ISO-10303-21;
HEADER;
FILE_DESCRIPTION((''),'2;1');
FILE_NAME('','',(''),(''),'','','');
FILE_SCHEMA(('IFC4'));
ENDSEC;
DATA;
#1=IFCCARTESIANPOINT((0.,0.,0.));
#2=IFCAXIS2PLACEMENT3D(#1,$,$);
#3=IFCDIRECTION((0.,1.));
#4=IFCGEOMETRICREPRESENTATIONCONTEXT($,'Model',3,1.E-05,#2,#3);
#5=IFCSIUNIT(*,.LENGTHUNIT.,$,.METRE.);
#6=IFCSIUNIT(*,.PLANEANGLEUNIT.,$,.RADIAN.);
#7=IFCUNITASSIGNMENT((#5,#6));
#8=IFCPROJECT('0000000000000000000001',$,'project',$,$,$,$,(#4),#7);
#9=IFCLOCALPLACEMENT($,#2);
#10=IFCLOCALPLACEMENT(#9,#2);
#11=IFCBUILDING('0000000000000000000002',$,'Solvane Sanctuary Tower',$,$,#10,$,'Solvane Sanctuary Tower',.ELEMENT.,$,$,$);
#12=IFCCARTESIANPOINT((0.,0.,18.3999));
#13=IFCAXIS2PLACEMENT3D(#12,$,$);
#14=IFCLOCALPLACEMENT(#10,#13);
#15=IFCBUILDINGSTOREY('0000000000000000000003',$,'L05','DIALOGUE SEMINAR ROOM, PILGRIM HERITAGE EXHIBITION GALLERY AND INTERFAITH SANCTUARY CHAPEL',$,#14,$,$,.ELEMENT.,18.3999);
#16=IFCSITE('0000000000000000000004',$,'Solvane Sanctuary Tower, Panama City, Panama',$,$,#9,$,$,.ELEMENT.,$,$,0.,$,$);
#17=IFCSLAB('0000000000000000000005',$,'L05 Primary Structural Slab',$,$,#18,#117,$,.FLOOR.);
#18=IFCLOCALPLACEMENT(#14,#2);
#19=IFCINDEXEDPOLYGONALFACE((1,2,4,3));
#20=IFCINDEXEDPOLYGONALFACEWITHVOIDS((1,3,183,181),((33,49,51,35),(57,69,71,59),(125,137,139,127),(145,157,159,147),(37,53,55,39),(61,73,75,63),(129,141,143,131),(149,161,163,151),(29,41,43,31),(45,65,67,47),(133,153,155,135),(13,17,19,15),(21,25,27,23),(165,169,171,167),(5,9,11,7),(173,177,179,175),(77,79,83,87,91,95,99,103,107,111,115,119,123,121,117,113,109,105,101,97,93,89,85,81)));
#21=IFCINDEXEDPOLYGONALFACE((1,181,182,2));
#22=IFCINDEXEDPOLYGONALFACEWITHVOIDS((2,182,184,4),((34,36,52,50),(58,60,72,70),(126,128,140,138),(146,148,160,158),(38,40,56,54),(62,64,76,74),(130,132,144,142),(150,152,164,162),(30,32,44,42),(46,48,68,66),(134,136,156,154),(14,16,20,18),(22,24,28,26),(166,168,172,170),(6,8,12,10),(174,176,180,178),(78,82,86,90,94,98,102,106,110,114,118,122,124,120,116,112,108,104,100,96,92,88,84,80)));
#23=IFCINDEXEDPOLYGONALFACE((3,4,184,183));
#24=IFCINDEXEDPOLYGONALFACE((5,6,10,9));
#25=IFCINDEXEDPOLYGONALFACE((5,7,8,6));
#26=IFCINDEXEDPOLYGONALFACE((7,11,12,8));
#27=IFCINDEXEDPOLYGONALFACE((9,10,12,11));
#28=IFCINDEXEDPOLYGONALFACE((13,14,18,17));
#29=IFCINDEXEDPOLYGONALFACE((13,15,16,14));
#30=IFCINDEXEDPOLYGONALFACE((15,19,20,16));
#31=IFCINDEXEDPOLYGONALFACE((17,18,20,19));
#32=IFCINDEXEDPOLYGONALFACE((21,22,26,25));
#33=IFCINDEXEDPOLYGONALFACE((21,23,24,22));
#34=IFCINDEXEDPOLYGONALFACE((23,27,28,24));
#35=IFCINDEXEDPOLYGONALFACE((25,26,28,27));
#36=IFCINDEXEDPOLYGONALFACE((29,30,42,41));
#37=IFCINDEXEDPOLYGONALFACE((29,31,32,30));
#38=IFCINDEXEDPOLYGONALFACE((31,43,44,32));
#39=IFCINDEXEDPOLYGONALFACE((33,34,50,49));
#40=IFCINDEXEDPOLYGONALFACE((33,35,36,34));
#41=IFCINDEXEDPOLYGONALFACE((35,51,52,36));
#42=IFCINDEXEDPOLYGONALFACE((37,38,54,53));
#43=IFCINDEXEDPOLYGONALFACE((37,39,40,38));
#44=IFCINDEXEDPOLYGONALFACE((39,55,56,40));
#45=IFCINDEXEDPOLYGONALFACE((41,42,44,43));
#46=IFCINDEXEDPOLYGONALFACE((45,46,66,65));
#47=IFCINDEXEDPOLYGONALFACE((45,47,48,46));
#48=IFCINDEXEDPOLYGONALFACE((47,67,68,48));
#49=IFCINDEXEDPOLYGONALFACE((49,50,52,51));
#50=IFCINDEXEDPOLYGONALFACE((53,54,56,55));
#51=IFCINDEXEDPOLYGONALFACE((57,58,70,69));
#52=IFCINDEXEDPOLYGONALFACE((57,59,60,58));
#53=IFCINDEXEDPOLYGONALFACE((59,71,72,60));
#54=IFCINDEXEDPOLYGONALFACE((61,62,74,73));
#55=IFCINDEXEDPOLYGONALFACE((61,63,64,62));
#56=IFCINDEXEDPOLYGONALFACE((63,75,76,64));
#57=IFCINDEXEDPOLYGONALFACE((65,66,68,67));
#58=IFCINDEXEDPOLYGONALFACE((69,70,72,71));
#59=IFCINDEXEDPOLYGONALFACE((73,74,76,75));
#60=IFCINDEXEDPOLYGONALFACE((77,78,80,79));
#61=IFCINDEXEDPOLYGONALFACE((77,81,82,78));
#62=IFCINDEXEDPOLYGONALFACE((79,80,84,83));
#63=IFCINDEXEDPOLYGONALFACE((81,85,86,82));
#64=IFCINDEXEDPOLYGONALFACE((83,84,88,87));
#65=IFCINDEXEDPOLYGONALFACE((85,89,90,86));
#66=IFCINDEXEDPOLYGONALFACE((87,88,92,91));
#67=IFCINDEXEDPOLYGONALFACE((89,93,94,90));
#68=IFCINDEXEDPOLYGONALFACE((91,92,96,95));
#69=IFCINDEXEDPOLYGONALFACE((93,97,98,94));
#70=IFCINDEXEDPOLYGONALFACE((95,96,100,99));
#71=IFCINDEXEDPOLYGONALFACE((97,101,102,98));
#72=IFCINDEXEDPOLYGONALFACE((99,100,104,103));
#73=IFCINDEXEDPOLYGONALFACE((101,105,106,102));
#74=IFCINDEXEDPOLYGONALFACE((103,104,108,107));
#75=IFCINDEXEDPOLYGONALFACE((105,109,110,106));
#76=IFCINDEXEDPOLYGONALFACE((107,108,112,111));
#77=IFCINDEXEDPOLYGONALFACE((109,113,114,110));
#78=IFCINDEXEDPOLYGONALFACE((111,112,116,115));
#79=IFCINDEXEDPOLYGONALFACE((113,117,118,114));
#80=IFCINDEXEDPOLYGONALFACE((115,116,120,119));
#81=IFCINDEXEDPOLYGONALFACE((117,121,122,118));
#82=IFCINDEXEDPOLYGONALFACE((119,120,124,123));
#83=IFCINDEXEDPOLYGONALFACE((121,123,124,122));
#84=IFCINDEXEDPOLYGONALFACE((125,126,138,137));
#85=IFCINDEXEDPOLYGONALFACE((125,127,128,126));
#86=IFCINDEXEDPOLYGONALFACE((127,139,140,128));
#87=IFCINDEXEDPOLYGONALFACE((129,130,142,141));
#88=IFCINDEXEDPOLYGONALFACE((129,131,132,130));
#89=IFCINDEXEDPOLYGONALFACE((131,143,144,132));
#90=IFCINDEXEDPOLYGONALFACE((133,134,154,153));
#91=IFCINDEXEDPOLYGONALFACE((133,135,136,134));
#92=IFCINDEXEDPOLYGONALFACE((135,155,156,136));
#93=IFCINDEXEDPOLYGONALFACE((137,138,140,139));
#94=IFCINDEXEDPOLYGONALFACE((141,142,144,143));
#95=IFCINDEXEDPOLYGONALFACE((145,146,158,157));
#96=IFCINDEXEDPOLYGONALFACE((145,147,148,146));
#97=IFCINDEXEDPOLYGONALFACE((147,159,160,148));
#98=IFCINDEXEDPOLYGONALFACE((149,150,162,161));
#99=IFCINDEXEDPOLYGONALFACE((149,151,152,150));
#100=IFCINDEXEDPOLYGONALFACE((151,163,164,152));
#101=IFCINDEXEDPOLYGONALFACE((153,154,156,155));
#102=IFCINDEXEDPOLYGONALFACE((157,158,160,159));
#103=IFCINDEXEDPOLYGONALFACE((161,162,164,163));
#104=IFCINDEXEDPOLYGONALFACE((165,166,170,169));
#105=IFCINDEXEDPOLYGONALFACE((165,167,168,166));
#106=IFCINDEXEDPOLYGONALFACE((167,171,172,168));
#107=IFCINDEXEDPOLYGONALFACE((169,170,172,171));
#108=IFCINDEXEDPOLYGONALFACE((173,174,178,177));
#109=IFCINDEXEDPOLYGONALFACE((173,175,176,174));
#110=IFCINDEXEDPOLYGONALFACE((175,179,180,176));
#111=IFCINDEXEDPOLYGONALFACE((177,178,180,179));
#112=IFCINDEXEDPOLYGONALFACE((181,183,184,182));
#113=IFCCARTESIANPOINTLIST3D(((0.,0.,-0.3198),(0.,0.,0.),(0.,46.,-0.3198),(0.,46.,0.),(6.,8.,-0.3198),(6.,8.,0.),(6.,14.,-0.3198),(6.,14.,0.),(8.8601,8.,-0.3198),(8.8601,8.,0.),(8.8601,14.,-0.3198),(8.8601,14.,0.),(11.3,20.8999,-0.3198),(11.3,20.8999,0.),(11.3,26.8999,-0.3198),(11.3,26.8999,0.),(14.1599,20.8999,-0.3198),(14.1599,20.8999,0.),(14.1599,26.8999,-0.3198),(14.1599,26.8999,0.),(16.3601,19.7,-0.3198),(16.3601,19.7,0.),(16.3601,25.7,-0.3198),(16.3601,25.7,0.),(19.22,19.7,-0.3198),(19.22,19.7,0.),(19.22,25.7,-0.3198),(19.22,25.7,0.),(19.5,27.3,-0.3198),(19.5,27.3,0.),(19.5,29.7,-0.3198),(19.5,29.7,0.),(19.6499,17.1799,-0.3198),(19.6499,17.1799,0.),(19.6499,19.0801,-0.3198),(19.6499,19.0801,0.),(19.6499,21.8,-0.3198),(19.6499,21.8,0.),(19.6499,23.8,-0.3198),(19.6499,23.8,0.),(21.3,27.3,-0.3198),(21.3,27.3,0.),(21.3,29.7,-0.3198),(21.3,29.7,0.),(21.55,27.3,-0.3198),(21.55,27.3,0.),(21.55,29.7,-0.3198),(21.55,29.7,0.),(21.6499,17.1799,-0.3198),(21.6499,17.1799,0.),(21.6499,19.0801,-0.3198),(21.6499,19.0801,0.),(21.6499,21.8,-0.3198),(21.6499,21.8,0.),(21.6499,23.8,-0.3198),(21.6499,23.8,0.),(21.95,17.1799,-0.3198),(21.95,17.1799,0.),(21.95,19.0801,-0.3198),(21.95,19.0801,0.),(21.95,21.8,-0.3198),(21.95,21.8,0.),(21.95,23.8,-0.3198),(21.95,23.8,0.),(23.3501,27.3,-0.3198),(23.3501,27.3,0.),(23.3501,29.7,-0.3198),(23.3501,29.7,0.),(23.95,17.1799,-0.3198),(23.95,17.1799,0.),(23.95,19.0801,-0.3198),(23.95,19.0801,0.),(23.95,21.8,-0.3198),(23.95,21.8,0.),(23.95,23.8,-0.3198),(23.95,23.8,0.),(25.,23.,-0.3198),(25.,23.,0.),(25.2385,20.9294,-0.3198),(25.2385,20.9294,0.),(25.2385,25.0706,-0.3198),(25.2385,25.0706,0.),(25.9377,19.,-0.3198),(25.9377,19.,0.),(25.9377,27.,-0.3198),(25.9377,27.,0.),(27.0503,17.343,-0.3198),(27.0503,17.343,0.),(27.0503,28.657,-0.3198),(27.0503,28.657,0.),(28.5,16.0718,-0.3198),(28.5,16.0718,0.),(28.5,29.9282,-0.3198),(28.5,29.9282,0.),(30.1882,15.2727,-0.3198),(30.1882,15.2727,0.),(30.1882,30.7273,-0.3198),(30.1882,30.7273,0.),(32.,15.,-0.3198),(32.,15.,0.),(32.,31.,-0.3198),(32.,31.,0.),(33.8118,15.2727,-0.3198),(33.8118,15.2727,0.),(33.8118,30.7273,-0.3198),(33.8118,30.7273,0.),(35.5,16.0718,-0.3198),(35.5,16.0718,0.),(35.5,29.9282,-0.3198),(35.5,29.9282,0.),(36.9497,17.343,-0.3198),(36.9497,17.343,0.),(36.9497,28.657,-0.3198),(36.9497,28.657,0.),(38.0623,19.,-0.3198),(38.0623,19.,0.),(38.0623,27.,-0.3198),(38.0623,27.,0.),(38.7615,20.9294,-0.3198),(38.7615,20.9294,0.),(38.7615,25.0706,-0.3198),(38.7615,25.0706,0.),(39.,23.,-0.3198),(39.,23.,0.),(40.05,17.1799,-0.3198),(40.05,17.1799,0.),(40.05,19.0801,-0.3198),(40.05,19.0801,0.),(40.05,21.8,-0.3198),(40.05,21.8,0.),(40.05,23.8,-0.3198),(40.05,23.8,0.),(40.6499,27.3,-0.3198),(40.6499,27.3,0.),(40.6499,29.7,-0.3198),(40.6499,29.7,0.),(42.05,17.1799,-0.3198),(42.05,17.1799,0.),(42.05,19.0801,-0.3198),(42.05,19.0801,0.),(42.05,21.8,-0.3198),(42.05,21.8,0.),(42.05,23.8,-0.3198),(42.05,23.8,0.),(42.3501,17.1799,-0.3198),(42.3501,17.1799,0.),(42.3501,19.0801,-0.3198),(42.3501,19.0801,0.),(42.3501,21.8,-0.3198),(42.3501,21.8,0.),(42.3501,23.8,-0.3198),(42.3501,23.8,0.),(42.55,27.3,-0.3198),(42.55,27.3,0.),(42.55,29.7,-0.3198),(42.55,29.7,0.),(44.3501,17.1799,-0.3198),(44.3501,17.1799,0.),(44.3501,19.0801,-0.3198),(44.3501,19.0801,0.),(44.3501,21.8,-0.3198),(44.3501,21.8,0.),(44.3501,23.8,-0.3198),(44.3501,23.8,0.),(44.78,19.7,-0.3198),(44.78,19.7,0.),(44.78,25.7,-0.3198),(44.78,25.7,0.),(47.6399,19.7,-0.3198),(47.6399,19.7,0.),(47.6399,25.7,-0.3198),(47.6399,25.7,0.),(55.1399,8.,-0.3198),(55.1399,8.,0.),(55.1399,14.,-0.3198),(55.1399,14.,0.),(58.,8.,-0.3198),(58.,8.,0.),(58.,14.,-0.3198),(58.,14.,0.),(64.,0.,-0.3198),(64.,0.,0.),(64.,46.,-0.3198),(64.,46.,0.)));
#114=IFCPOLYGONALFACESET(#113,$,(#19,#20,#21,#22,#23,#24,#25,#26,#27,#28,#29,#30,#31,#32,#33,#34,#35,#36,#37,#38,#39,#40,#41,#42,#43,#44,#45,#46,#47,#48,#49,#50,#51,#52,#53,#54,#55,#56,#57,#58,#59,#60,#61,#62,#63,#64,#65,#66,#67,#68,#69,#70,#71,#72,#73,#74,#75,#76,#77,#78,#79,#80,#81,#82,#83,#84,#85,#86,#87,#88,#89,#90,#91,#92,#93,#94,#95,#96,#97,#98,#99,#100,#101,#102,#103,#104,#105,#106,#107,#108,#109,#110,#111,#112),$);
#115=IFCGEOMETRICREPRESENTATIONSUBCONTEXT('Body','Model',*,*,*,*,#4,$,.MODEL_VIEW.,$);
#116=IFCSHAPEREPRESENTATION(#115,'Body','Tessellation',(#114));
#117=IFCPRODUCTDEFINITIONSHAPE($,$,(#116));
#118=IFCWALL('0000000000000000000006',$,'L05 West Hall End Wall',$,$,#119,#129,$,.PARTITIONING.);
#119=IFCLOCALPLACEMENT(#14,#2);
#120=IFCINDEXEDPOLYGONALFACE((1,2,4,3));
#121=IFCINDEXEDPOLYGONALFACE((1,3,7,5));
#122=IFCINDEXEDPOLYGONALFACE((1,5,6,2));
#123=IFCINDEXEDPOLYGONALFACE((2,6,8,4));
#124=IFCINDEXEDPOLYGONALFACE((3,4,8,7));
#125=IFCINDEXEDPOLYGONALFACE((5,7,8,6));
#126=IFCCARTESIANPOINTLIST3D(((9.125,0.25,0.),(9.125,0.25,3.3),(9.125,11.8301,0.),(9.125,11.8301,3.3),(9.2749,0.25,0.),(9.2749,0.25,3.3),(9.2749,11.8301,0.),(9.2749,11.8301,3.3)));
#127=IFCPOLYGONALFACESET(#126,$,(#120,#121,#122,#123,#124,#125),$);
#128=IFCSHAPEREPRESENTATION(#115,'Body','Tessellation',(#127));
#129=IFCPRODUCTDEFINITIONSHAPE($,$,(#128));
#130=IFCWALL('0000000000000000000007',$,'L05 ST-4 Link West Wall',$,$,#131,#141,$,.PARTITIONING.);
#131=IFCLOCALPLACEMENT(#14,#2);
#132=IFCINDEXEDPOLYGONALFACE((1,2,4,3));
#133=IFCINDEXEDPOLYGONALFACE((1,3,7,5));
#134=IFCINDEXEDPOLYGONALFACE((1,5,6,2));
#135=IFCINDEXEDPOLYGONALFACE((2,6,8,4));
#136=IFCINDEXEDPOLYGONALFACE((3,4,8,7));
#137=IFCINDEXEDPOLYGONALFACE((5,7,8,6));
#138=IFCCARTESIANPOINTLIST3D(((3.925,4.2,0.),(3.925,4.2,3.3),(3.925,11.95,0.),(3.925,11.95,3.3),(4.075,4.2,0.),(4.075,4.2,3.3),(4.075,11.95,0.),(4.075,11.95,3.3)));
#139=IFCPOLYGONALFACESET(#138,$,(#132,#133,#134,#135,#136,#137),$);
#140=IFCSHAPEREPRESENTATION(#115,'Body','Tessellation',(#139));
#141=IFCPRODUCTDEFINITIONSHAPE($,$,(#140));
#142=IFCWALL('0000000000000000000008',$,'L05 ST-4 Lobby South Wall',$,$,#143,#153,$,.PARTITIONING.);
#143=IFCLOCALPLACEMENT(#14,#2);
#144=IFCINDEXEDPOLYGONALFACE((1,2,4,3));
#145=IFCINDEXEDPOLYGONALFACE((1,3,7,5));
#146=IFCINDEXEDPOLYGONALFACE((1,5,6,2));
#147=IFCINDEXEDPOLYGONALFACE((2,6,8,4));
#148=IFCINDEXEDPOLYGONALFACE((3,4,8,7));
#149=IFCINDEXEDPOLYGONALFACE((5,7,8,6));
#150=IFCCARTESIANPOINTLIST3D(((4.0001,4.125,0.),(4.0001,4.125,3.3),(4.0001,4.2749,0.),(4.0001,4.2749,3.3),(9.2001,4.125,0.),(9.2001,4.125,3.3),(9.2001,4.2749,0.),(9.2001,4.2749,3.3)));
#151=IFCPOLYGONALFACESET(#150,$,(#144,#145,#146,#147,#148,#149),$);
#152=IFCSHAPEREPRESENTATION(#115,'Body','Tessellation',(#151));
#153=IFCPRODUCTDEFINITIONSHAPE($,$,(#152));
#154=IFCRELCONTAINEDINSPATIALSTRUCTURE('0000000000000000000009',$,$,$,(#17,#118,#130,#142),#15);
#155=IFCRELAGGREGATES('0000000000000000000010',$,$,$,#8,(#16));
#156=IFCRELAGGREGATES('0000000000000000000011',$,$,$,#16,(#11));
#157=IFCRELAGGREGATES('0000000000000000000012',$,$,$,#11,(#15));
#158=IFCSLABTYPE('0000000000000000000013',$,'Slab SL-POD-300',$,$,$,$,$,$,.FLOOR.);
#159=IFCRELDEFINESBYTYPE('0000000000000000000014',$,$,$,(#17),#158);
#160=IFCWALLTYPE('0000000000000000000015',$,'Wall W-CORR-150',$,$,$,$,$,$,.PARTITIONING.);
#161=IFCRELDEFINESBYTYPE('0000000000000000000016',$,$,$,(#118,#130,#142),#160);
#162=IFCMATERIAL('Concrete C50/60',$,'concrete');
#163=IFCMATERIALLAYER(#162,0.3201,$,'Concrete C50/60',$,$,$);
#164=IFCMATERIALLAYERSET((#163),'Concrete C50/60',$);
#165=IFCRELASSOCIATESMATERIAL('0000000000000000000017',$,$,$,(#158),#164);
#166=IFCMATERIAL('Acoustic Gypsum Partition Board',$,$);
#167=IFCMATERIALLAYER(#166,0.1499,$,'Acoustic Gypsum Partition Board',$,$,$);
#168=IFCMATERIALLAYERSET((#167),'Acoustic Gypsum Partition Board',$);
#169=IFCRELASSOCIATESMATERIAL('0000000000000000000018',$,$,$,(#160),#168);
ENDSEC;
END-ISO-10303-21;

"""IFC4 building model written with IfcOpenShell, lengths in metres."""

from ifc_helpers import new_model, si_unit, direction, frame, frame_2d, origin, place, context, subcontext, project, spatial, polyline, rectangle, outline, extrude, material, layer, layer_set, type_object, element, save


model = new_model("IFC4")

# Units and contexts
model_context = context("Model", 3, precision=1e-05, world=origin(), true_north=direction((0.0, 1.0)))
body_context = subcontext(model_context, "Body", "Model", "MODEL_VIEW")
ifc_project = project(units=[si_unit("LENGTHUNIT", "METRE"), si_unit("PLANEANGLEUNIT", "RADIAN")], contexts=[model_context])

# Site, building, storey
site_placement = place(None, origin())
site = spatial("IfcSite", under=ifc_project, at=site_placement, Name="Solvane Sanctuary Tower, Panama City, Panama", CompositionType="ELEMENT", RefElevation=0.0)
building_placement = place(site_placement, origin())
building = spatial("IfcBuilding", under=site, at=building_placement, Name="Solvane Sanctuary Tower", LongName="Solvane Sanctuary Tower", CompositionType="ELEMENT")
storey_placement = place(building_placement, frame((0.0, 0.0, 18.3999)))
storey = spatial("IfcBuildingStorey", under=building, at=storey_placement, Name="L05", Description="DIALOGUE SEMINAR ROOM, PILGRIM HERITAGE EXHIBITION GALLERY AND INTERFAITH SANCTUARY CHAPEL", CompositionType="ELEMENT", Elevation=18.3999)

# Shared definitions
ifc_material_1 = material(Name="Concrete C50/60", Category="concrete")

# Slab
ifc_layer_1 = layer(ifc_material_1, 0.3201, Name="Concrete C50/60")
ifc_layer_set_1 = layer_set([ifc_layer_1], Name="Concrete C50/60")
slab_type_1 = type_object("IfcSlabType", Name="Slab SL-POD-300", PredefinedType="FLOOR", material=ifc_layer_set_1)
slab_1_placement = place(storey_placement, frame((0.0, 0.0, -0.3198)))
element("IfcSlab", 1, at=slab_1_placement, inside=storey, type_object=slab_type_1, Name="L05 Primary Structural Slab", PredefinedType="FLOOR", context=body_context, shape_type="SweptSolid", body=[
    extrude(outline(polyline([(0.0, 0.0), (64.0, 0.0), (64.0, 46.0), (0.0, 46.0), (0.0, 0.0)]), holes=[polyline([(38.7615, 20.9294), (38.0623, 19.0), (36.9497, 17.343), (35.5, 16.0718), (33.8118, 15.2727), (32.0, 15.0), (30.1882, 15.2727), (28.5, 16.0718), (27.0503, 17.343), (25.9377, 19.0), (25.2385, 20.9294), (25.0, 23.0), (25.2385, 25.0706), (25.9377, 27.0), (27.0503, 28.657), (28.5, 29.9282), (30.1882, 30.7273), (32.0, 31.0), (33.8118, 30.7273), (35.5, 29.9282), (36.9497, 28.657), (38.0623, 27.0), (38.7615, 25.0706), (39.0, 23.0), (38.7615, 20.9294)]), polyline([(16.3601, 19.7), (16.3601, 25.7), (19.22, 25.7), (19.22, 19.7), (16.3601, 19.7)]), polyline([(44.78, 19.7), (44.78, 25.7), (47.6399, 25.7), (47.6399, 19.7), (44.78, 19.7)]), polyline([(11.3, 20.8999), (11.3, 26.8999), (14.1599, 26.8999), (14.1599, 20.8999), (11.3, 20.8999)]), polyline([(6.0, 8.0), (6.0, 14.0), (8.8601, 14.0), (8.8601, 8.0), (6.0, 8.0)]), polyline([(55.1399, 8.0), (55.1399, 14.0), (58.0, 14.0), (58.0, 8.0), (55.1399, 8.0)]), polyline([(19.6499, 19.0801), (21.6499, 19.0801), (21.6499, 17.1799), (19.6499, 17.1799), (19.6499, 19.0801)]), polyline([(21.95, 19.0801), (23.95, 19.0801), (23.95, 17.1799), (21.95, 17.1799), (21.95, 19.0801)]), polyline([(40.05, 19.0801), (42.05, 19.0801), (42.05, 17.1799), (40.05, 17.1799), (40.05, 19.0801)]), polyline([(42.3501, 19.0801), (44.3501, 19.0801), (44.3501, 17.1799), (42.3501, 17.1799), (42.3501, 19.0801)]), polyline([(19.6499, 23.8), (21.6499, 23.8), (21.6499, 21.8), (19.6499, 21.8), (19.6499, 23.8)]), polyline([(42.3501, 23.8), (44.3501, 23.8), (44.3501, 21.8), (42.3501, 21.8), (42.3501, 23.8)]), polyline([(21.95, 23.8), (23.95, 23.8), (23.95, 21.8), (21.95, 21.8), (21.95, 23.8)]), polyline([(40.05, 23.8), (42.05, 23.8), (42.05, 21.8), (40.05, 21.8), (40.05, 23.8)]), polyline([(19.5, 29.7), (21.3, 29.7), (21.3, 27.3), (19.5, 27.3), (19.5, 29.7)]), polyline([(21.55, 29.7), (23.3501, 29.7), (23.3501, 27.3), (21.55, 27.3), (21.55, 29.7)]), polyline([(40.6499, 29.7), (42.55, 29.7), (42.55, 27.3), (40.6499, 27.3), (40.6499, 29.7)])]), origin(), (0.0, 0.0, 1.0), 0.3198),
])

# Walls
ifc_material_2 = material(Name="Acoustic Gypsum Partition Board")
ifc_layer_2 = layer(ifc_material_2, 0.1499, Name="Acoustic Gypsum Partition Board")
ifc_layer_set_2 = layer_set([ifc_layer_2], Name="Acoustic Gypsum Partition Board")
wall_type_1 = type_object("IfcWallType", Name="Wall W-CORR-150", PredefinedType="PARTITIONING", material=ifc_layer_set_2)
wall_1_placement = place(storey_placement, frame((9.2, 0.25, 0.0), z_axis=(0.0, 0.0, 1.0), x_axis=(0.0, 1.0, 0.0)))
element("IfcWall", 2, at=wall_1_placement, inside=storey, type_object=wall_type_1, Name="L05 West Hall End Wall", PredefinedType="PARTITIONING", context=body_context, shape_type="SweptSolid", body=[
    extrude(rectangle(XDim=11.5801, YDim=0.1499, at=frame_2d((5.79, 0.0))), origin(), (0.0, 0.0, 1.0), 3.3),
])
wall_2_placement = place(storey_placement, frame((4.0, 4.2, 0.0), z_axis=(0.0, 0.0, 1.0), x_axis=(0.0, 1.0, 0.0)))
element("IfcWall", 3, at=wall_2_placement, inside=storey, type_object=wall_type_1, Name="L05 ST-4 Link West Wall", PredefinedType="PARTITIONING", context=body_context, shape_type="SweptSolid", body=[
    extrude(rectangle(XDim=7.75, YDim=0.1499, at=frame_2d((3.875, 0.0))), origin(), (0.0, 0.0, 1.0), 3.3),
])
wall_3_placement = place(storey_placement, frame((4.0, 4.2, 0.0), z_axis=(0.0, 0.0, 1.0), x_axis=(1.0, 0.0, 0.0)))
element("IfcWall", 4, at=wall_3_placement, inside=storey, type_object=wall_type_1, Name="L05 ST-4 Lobby South Wall", PredefinedType="PARTITIONING", context=body_context, shape_type="SweptSolid", body=[
    extrude(rectangle(XDim=5.2, YDim=0.1499, at=frame_2d((2.6001, 0.0))), origin(), (0.0, 0.0, 1.0), 3.3),
])

save(model, "model.ifc")
